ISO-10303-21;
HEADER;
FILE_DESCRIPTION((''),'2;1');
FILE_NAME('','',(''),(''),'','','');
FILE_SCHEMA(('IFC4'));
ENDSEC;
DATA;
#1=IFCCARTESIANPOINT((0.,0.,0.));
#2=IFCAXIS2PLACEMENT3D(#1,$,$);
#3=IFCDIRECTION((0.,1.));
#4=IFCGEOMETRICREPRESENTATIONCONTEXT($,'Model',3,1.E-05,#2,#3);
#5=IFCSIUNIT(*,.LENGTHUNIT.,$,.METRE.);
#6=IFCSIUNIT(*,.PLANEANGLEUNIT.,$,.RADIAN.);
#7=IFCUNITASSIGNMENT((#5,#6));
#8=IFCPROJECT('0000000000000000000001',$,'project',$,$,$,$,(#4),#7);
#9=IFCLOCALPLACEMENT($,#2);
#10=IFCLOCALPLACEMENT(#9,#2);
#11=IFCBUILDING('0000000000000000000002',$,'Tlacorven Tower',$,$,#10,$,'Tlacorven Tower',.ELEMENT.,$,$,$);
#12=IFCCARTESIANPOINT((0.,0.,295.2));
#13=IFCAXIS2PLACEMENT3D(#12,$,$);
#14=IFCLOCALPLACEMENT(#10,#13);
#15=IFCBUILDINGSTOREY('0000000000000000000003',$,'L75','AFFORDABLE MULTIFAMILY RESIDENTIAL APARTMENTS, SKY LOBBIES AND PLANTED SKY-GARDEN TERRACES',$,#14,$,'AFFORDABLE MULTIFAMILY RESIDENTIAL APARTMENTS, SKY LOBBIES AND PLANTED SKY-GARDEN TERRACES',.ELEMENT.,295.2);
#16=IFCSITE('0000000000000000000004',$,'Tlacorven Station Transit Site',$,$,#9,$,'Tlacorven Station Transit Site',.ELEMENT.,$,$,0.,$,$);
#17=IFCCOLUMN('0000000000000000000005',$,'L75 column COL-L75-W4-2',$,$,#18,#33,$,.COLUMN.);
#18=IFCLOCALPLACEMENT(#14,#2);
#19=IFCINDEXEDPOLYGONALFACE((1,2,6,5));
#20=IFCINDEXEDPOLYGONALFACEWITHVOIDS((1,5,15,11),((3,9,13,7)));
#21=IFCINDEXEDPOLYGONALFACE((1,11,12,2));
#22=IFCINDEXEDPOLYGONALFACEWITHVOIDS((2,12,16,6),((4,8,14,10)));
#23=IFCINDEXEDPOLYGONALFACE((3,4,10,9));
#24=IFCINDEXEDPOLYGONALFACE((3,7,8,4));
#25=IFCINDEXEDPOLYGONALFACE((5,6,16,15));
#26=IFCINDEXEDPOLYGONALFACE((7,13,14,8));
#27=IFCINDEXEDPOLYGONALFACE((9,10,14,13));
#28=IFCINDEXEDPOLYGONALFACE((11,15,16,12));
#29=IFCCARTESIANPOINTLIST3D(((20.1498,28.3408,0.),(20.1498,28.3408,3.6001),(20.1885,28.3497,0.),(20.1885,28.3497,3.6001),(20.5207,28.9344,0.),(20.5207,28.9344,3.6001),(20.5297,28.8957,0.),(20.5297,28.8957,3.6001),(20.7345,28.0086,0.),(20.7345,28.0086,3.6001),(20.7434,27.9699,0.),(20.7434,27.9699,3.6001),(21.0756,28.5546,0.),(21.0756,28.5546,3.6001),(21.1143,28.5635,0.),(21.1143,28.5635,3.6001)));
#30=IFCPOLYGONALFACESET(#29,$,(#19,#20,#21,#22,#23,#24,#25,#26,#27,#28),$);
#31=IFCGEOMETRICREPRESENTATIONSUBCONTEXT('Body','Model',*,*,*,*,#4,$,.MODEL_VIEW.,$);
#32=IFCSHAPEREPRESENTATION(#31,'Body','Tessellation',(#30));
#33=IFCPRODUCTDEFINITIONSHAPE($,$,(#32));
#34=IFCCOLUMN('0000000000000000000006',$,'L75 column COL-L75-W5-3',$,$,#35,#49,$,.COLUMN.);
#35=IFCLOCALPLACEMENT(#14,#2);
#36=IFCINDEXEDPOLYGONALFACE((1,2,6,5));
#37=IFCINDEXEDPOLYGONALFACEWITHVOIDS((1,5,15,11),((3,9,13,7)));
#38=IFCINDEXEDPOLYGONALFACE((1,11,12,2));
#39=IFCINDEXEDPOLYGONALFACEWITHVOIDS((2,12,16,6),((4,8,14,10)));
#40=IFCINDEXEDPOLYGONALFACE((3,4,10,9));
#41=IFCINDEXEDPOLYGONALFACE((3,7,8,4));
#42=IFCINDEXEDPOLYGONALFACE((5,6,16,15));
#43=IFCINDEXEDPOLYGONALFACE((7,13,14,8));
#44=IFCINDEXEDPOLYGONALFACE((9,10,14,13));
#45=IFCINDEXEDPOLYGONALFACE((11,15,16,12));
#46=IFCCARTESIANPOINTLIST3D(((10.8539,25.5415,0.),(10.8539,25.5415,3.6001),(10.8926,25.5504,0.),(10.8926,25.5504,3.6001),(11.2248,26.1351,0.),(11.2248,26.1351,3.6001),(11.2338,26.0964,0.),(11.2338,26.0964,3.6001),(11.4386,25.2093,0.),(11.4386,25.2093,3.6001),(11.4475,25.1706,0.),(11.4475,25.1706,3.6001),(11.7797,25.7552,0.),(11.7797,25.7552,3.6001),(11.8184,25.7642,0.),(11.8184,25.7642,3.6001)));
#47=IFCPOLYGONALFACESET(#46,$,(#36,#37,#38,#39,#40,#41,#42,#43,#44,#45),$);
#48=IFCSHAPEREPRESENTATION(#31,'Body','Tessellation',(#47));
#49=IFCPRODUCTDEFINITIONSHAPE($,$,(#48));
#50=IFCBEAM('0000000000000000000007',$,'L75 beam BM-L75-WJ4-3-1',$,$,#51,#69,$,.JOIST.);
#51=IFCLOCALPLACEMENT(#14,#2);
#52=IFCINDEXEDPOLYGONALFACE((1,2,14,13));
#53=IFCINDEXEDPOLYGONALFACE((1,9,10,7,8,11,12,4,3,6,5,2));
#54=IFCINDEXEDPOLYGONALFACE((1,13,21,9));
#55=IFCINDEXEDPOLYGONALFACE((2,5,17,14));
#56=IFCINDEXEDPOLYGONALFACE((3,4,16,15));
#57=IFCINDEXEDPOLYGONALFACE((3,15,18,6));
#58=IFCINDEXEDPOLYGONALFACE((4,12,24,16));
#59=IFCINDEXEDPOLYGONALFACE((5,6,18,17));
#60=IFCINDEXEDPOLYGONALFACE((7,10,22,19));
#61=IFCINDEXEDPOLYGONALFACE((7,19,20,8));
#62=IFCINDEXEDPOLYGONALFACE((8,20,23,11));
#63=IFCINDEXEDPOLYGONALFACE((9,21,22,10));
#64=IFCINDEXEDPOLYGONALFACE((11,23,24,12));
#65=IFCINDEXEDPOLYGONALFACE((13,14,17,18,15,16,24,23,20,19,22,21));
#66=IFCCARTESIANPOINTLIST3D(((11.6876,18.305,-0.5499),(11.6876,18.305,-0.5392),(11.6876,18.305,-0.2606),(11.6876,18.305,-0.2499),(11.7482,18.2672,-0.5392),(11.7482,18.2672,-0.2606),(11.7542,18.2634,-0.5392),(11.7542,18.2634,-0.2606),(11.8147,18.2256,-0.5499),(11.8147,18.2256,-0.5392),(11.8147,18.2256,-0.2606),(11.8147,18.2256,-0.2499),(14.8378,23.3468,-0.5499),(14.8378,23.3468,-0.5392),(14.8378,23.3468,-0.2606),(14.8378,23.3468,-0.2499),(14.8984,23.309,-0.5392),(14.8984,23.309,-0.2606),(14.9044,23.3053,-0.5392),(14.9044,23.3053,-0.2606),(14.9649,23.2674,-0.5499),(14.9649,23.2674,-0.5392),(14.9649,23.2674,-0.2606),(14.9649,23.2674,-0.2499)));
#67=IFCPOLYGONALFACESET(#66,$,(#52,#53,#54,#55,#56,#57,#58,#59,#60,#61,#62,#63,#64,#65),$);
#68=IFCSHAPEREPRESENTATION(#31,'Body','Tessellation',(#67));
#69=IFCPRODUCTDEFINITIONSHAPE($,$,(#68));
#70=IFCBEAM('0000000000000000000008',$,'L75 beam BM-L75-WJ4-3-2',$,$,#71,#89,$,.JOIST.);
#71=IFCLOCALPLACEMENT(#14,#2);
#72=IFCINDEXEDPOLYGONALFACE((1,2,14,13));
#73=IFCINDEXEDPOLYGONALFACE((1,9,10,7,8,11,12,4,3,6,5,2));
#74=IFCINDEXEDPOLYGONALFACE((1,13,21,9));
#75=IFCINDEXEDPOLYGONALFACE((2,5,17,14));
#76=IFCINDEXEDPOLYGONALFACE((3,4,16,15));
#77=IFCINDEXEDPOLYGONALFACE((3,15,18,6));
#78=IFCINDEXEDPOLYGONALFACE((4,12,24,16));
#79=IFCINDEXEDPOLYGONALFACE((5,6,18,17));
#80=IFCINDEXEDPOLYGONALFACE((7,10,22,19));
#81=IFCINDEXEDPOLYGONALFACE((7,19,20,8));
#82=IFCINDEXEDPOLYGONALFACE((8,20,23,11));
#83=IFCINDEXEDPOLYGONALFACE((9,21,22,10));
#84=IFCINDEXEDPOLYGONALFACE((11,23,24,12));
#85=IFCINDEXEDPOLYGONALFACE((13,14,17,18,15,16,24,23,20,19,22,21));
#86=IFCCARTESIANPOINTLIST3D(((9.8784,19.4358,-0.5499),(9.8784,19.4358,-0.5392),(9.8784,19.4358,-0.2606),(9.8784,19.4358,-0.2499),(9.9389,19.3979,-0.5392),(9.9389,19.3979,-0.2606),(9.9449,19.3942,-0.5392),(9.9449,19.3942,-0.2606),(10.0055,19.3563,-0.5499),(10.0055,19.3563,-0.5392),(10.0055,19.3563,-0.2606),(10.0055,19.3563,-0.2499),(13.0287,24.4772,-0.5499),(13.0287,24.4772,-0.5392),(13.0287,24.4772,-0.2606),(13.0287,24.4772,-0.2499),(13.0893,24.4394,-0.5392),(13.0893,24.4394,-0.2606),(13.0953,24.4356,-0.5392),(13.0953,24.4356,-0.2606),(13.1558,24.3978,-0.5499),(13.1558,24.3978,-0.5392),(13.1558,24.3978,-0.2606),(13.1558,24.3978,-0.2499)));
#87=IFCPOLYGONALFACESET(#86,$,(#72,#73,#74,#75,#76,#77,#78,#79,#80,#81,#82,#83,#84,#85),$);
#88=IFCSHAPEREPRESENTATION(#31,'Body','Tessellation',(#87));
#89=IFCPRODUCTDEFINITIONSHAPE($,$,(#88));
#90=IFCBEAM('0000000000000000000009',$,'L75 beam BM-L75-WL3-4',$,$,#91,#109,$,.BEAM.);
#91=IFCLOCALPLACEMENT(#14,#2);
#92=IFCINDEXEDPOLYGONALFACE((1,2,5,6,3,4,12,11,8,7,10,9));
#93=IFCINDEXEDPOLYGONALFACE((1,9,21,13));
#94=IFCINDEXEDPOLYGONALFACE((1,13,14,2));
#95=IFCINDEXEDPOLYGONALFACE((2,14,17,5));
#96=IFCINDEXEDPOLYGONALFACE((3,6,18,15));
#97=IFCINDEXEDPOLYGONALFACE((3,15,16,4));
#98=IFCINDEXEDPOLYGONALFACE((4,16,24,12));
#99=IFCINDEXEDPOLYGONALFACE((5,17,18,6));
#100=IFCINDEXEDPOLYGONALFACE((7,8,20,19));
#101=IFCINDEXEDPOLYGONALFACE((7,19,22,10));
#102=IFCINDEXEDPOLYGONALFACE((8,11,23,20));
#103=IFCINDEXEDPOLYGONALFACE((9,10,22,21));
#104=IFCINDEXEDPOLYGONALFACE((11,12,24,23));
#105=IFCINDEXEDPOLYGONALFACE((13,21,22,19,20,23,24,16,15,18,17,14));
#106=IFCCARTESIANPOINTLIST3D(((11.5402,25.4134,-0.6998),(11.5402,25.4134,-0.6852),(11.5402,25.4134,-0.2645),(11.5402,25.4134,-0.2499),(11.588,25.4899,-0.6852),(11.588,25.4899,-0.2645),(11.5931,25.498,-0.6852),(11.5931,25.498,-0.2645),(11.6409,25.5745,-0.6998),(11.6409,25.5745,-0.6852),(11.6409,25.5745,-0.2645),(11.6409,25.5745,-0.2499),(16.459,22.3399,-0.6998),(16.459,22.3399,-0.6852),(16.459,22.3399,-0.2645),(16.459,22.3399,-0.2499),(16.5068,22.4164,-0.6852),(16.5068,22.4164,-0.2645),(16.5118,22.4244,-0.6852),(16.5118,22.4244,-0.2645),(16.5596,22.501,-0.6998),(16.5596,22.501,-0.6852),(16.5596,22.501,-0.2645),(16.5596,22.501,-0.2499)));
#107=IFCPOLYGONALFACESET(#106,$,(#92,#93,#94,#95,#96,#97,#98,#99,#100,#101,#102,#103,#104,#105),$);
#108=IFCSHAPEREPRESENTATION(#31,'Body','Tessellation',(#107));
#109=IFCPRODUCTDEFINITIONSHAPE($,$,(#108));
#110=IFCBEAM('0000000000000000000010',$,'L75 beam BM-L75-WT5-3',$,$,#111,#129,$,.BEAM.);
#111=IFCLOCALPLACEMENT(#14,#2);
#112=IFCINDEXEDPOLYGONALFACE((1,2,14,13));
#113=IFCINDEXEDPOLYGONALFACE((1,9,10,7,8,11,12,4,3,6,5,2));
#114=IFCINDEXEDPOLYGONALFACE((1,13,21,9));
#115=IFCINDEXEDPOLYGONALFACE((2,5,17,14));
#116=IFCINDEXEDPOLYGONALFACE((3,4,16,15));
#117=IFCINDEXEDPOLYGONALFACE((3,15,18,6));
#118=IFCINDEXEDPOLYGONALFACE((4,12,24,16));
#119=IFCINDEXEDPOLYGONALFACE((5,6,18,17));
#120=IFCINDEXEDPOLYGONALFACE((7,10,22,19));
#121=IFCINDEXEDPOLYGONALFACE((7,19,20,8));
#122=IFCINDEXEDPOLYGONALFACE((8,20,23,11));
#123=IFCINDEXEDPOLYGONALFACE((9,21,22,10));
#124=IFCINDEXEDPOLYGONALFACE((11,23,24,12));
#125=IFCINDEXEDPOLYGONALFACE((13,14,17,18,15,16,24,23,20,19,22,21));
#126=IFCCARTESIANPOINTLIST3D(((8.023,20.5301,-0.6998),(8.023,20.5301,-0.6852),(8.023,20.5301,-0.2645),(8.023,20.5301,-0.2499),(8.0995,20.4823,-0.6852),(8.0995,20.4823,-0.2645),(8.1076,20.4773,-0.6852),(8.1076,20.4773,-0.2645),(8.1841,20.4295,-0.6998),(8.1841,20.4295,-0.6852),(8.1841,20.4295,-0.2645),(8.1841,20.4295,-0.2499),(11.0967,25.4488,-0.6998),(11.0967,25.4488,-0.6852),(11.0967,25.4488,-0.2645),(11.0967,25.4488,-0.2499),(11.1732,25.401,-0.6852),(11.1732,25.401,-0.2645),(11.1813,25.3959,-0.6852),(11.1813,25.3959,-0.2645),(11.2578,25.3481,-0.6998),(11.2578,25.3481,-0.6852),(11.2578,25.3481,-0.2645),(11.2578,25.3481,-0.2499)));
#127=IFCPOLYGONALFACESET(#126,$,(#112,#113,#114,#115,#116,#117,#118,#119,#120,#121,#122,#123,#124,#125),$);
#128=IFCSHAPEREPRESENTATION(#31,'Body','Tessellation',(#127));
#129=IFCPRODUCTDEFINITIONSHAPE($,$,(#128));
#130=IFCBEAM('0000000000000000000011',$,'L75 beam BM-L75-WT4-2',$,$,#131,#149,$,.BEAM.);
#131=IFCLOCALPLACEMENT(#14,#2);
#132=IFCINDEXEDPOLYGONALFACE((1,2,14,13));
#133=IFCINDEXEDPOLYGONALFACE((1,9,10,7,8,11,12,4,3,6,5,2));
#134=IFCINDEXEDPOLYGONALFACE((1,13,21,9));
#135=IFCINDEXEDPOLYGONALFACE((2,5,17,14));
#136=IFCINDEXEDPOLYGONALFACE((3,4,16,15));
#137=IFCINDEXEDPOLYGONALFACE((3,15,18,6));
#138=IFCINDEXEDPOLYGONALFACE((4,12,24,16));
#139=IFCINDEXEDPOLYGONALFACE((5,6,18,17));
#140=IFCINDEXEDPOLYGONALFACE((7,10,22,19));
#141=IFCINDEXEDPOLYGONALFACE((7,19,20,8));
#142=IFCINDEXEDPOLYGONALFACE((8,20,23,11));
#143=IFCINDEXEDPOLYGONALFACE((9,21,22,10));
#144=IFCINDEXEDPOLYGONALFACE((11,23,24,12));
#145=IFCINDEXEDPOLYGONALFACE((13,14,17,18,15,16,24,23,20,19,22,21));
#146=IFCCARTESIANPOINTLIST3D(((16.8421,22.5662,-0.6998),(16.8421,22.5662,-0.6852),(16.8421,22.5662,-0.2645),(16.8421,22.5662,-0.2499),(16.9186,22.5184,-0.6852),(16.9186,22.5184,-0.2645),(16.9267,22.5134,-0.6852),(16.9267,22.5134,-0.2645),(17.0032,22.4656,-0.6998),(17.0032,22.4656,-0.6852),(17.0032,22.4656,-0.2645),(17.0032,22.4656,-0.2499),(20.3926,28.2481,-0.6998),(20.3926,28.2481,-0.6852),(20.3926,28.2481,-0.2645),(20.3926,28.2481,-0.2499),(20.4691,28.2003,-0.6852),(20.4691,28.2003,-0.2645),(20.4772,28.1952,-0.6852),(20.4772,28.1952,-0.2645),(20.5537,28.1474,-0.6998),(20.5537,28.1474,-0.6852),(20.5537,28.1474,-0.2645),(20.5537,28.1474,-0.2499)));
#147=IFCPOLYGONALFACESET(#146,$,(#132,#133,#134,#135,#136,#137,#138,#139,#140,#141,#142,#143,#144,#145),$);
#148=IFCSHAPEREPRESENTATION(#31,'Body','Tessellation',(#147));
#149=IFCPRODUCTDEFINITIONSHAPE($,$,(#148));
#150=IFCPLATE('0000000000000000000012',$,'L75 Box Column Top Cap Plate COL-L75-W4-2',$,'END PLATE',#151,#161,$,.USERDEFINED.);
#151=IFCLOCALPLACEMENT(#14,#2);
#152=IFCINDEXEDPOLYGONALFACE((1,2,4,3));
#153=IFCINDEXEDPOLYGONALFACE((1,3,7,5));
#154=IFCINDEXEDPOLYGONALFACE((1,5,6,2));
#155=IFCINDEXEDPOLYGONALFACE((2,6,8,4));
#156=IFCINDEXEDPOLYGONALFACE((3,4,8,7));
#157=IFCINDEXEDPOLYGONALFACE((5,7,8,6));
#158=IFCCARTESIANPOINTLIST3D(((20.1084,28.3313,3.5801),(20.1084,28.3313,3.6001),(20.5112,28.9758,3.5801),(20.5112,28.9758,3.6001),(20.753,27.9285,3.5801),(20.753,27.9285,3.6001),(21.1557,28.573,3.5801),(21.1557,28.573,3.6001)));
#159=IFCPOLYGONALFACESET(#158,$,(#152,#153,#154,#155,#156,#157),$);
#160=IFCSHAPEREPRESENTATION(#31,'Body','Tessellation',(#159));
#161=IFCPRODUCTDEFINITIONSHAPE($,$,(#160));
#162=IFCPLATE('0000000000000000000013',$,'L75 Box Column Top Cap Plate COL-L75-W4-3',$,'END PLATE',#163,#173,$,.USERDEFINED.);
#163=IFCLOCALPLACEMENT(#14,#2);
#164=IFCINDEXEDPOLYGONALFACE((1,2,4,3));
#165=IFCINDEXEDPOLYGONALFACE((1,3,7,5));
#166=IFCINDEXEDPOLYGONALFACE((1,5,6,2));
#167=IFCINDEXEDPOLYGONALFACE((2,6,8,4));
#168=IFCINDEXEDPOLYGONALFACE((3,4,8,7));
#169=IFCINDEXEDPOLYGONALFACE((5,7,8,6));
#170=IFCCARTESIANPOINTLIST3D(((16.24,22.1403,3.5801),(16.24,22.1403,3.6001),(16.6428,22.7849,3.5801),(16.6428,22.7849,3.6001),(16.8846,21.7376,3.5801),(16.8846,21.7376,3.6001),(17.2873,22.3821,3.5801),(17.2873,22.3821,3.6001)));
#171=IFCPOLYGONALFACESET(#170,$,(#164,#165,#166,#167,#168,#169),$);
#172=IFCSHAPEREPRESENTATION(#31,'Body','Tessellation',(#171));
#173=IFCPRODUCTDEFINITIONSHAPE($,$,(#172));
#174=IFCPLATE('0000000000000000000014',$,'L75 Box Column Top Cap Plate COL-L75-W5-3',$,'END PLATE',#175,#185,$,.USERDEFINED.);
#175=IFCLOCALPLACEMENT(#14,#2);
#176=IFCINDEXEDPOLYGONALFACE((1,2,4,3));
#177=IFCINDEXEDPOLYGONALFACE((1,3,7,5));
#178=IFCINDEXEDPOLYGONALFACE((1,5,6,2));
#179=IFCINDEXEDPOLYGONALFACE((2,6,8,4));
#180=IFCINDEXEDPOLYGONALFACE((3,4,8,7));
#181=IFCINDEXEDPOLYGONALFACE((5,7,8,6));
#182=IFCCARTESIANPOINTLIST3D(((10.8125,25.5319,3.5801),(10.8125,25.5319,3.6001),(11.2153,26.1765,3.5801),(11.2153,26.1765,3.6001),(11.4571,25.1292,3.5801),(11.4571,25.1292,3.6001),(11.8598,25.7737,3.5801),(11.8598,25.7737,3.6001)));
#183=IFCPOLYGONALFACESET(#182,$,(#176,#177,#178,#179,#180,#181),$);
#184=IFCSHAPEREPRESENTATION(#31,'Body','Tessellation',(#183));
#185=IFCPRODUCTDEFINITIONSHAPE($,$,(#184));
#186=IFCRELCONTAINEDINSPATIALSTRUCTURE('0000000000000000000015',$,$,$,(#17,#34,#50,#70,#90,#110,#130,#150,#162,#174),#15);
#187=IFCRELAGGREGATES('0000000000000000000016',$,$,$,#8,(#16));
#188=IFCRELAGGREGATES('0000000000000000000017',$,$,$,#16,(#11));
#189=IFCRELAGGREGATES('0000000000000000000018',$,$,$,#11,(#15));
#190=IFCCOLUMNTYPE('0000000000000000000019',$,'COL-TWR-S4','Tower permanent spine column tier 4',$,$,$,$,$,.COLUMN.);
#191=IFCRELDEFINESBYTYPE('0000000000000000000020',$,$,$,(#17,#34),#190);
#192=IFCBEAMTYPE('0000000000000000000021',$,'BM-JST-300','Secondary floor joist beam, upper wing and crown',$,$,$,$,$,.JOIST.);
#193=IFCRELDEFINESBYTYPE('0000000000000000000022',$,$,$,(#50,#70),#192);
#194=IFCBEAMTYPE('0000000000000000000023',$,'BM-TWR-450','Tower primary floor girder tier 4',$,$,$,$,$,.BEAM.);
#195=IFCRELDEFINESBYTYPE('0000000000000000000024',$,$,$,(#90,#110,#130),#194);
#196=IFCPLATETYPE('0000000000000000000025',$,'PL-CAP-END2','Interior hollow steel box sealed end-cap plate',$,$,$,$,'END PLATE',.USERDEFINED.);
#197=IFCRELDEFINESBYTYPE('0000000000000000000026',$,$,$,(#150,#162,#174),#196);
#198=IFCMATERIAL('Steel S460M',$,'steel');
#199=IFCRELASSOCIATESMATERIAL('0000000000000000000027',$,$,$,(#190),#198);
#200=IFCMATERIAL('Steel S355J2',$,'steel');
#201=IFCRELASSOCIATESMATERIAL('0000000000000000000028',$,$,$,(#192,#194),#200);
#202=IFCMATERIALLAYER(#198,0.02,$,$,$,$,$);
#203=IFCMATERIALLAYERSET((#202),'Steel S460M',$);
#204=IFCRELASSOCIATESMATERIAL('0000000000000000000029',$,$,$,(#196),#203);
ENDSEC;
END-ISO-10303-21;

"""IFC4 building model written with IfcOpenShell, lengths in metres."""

from ifc_helpers import new_model, si_unit, direction, frame, origin, origin_2d, place, context, subcontext, project, spatial, rectangle, hollow_rectangle, i_section, extrude, source, transform, mapped, material, layer, layer_set, material_profile, profile_set, type_object, element, save


model = new_model("IFC4")

# Units and contexts
model_context = context("Model", 3, precision=1e-05, world=origin(), true_north=direction((0.0, 1.0)))
body_context = subcontext(model_context, "Body", "Model", "MODEL_VIEW")
ifc_project = project(units=[si_unit("LENGTHUNIT", "METRE"), si_unit("PLANEANGLEUNIT", "RADIAN")], contexts=[model_context])

# Site, building, storey
site_placement = place(None, origin())
site = spatial("IfcSite", under=ifc_project, at=site_placement, Name="Tlacorven Station Transit Site", LongName="Tlacorven Station Transit Site", CompositionType="ELEMENT", RefElevation=0.0)
building_placement = place(site_placement, origin())
building = spatial("IfcBuilding", under=site, at=building_placement, Name="Tlacorven Tower", LongName="Tlacorven Tower", CompositionType="ELEMENT")
storey_placement = place(building_placement, frame((0.0, 0.0, 295.2)))
storey = spatial("IfcBuildingStorey", under=building, at=storey_placement, Name="L75", Description="AFFORDABLE MULTIFAMILY RESIDENTIAL APARTMENTS, SKY LOBBIES AND PLANTED SKY-GARDEN TERRACES", LongName="AFFORDABLE MULTIFAMILY RESIDENTIAL APARTMENTS, SKY LOBBIES AND PLANTED SKY-GARDEN TERRACES", CompositionType="ELEMENT", Elevation=295.2)

# Columns
ifc_material_1 = material(Name="Steel S460M", Category="steel")
ifc_material_profile_1 = material_profile(ifc_material_1, hollow_rectangle(XDim=0.7, YDim=0.7, WallThickness=0.0281, at=origin_2d()), Name="BOX 700X700X28")
ifc_profile_set_1 = profile_set([ifc_material_profile_1], Name="Steel S460M")
column_type = type_object("IfcColumnType", Name="COL-TWR-S4", Description="Tower permanent spine column tier 4", PredefinedType="COLUMN", material=ifc_profile_set_1)
shared_shape_1 = source(origin(), body_context, "Body", "SweptSolid", [
    extrude(hollow_rectangle(XDim=0.7, YDim=0.7, WallThickness=0.0281, at=origin_2d()), origin(), (0.0, 0.0, 1.0), 3.6001),
])
for number, where, z_axis, x_axis, name in (
    (1, (20.6321, 28.4521, 0.0), (0.0, 0.0, 1.0), (-0.848048, 0.529919, 0.0), "L75 column COL-L75-W4-2"),
    (2, (11.3362, 25.6528, 0.0), (0.0, 0.0, 1.0), (-0.848048, 0.529919, 0.0), "L75 column COL-L75-W5-3"),
):
    element("IfcColumn", number, at=place(storey_placement, frame(where, z_axis=z_axis, x_axis=x_axis)), inside=storey, type_object=column_type, Name=name, PredefinedType="COLUMN", context=body_context, shape_type="MappedRepresentation", body=[
        mapped(shared_shape_1, transform((0.0, 0.0, 0.0), scale=1.0)),
    ])

# Beams
ifc_material_2 = material(Name="Steel S355J2", Category="steel")
ifc_material_profile_2 = material_profile(ifc_material_2, i_section(OverallWidth=0.1499, OverallDepth=0.3, WebThickness=0.0071, FlangeThickness=0.0107, at=origin_2d()), Name="IPE 300")
ifc_profile_set_2 = profile_set([ifc_material_profile_2], Name="Steel S355J2")
beam_type_1 = type_object("IfcBeamType", Name="BM-JST-300", Description="Secondary floor joist beam, upper wing and crown", PredefinedType="JOIST", material=ifc_profile_set_2)
shared_shape_2 = source(origin(), body_context, "Body", "SweptSolid", [
    extrude(i_section(OverallWidth=0.1499, OverallDepth=0.3, WebThickness=0.0071, FlangeThickness=0.0107, at=origin_2d()), origin(), (0.0, 0.0, 1.0), 5.9451),
])
beam_1_placement = place(storey_placement, frame((14.9014, 23.3071, -0.3999), z_axis=(-0.529885, -0.84807, 0.0), x_axis=(0.84807, -0.529885, 0.0)))
element("IfcBeam", 3, at=beam_1_placement, inside=storey, type_object=beam_type_1, Name="L75 beam BM-L75-WJ4-3-1", PredefinedType="JOIST", context=body_context, shape_type="MappedRepresentation", body=[
    mapped(shared_shape_2, transform((0.0, 0.0, 0.0), scale=1.0)),
])
shared_shape_3 = source(origin(), body_context, "Body", "SweptSolid", [
    extrude(i_section(OverallWidth=0.1499, OverallDepth=0.3, WebThickness=0.0071, FlangeThickness=0.0107, at=origin_2d()), origin(), (0.0, 0.0, 1.0), 5.9448),
])
beam_2_placement = place(storey_placement, frame((13.0923, 24.4375, -0.3999), z_axis=(-0.529932, -0.84804, 0.0), x_axis=(0.84804, -0.529932, 0.0)))
element("IfcBeam", 4, at=beam_2_placement, inside=storey, type_object=beam_type_1, Name="L75 beam BM-L75-WJ4-3-2", PredefinedType="JOIST", context=body_context, shape_type="MappedRepresentation", body=[
    mapped(shared_shape_3, transform((0.0, 0.0, 0.0), scale=1.0)),
])
ifc_material_profile_3 = material_profile(ifc_material_2, i_section(OverallWidth=0.1899, OverallDepth=0.45, WebThickness=0.0095, FlangeThickness=0.0146, at=origin_2d()), Name="IPE 450")
ifc_profile_set_3 = profile_set([ifc_material_profile_3], Name="Steel S355J2")
beam_type_2 = type_object("IfcBeamType", Name="BM-TWR-450", Description="Tower primary floor girder tier 4", PredefinedType="BEAM", material=ifc_profile_set_3)
shared_shape_4 = source(origin(), body_context, "Body", "SweptSolid", [
    extrude(i_section(OverallWidth=0.1899, OverallDepth=0.45, WebThickness=0.0095, FlangeThickness=0.0146, at=origin_2d()), origin(), (0.0, 0.0, 1.0), 5.8),
])
for number, where, z_axis, x_axis, name in (
    (5, (16.5093, 22.4204, -0.4749), (-0.848053, 0.529912, 0.0), (-0.529912, -0.848053, 0.0), "L75 beam BM-L75-WL3-4"),
    (6, (11.1772, 25.3984, -0.4749), (-0.529942, -0.848034, 0.0), (0.848034, -0.529942, 0.0), "L75 beam BM-L75-WT5-3"),
):
    element("IfcBeam", number, at=place(storey_placement, frame(where, z_axis=z_axis, x_axis=x_axis)), inside=storey, type_object=beam_type_2, Name=name, PredefinedType="BEAM", context=body_context, shape_type="MappedRepresentation", body=[
        mapped(shared_shape_4, transform((0.0, 0.0, 0.0), scale=1.0)),
    ])
shared_shape_5 = source(origin(), body_context, "Body", "SweptSolid", [
    extrude(i_section(OverallWidth=0.1899, OverallDepth=0.45, WebThickness=0.0095, FlangeThickness=0.0146, at=origin_2d()), origin(), (0.0, 0.0, 1.0), 6.7),
])
beam_3_placement = place(storey_placement, frame((20.4731, 28.1978, -0.4749), z_axis=(-0.52993, -0.848041, 0.0), x_axis=(0.848041, -0.52993, 0.0)))
element("IfcBeam", 7, at=beam_3_placement, inside=storey, type_object=beam_type_2, Name="L75 beam BM-L75-WT4-2", PredefinedType="BEAM", context=body_context, shape_type="MappedRepresentation", body=[
    mapped(shared_shape_5, transform((0.0, 0.0, 0.0), scale=1.0)),
])

# Plates
ifc_layer_1 = layer(ifc_material_1, 0.02)
ifc_layer_set_1 = layer_set([ifc_layer_1], Name="Steel S460M")
plate_type_1 = type_object("IfcPlateType", Name="PL-CAP-END2", Description="Interior hollow steel box sealed end-cap plate", ElementType="END PLATE", PredefinedType="USERDEFINED", material=ifc_layer_set_1)
shared_shape_6 = source(origin(), body_context, "Body", "SweptSolid", [
    extrude(rectangle(XDim=0.76, YDim=0.76, at=origin_2d()), origin(), (0.0, 0.0, 1.0), 0.02),
])
for number, where, z_axis, x_axis, name in (
    (8, (20.6321, 28.4521, 3.5801), (0.0, 0.0, 1.0), (-0.848048, 0.529919, 0.0), "L75 Box Column Top Cap Plate COL-L75-W4-2"),
    (9, (16.7637, 22.2612, 3.5801), (0.0, 0.0, 1.0), (-0.848048, 0.529919, 0.0), "L75 Box Column Top Cap Plate COL-L75-W4-3"),
    (10, (11.3362, 25.6528, 3.5801), (0.0, 0.0, 1.0), (-0.848048, 0.529919, 0.0), "L75 Box Column Top Cap Plate COL-L75-W5-3"),
):
    element("IfcPlate", number, at=place(storey_placement, frame(where, z_axis=z_axis, x_axis=x_axis)), inside=storey, type_object=plate_type_1, Name=name, ObjectType="END PLATE", PredefinedType="USERDEFINED", context=body_context, shape_type="MappedRepresentation", body=[
        mapped(shared_shape_6, transform((0.0, 0.0, 0.0), scale=1.0)),
    ])

save(model, "model.ifc")
